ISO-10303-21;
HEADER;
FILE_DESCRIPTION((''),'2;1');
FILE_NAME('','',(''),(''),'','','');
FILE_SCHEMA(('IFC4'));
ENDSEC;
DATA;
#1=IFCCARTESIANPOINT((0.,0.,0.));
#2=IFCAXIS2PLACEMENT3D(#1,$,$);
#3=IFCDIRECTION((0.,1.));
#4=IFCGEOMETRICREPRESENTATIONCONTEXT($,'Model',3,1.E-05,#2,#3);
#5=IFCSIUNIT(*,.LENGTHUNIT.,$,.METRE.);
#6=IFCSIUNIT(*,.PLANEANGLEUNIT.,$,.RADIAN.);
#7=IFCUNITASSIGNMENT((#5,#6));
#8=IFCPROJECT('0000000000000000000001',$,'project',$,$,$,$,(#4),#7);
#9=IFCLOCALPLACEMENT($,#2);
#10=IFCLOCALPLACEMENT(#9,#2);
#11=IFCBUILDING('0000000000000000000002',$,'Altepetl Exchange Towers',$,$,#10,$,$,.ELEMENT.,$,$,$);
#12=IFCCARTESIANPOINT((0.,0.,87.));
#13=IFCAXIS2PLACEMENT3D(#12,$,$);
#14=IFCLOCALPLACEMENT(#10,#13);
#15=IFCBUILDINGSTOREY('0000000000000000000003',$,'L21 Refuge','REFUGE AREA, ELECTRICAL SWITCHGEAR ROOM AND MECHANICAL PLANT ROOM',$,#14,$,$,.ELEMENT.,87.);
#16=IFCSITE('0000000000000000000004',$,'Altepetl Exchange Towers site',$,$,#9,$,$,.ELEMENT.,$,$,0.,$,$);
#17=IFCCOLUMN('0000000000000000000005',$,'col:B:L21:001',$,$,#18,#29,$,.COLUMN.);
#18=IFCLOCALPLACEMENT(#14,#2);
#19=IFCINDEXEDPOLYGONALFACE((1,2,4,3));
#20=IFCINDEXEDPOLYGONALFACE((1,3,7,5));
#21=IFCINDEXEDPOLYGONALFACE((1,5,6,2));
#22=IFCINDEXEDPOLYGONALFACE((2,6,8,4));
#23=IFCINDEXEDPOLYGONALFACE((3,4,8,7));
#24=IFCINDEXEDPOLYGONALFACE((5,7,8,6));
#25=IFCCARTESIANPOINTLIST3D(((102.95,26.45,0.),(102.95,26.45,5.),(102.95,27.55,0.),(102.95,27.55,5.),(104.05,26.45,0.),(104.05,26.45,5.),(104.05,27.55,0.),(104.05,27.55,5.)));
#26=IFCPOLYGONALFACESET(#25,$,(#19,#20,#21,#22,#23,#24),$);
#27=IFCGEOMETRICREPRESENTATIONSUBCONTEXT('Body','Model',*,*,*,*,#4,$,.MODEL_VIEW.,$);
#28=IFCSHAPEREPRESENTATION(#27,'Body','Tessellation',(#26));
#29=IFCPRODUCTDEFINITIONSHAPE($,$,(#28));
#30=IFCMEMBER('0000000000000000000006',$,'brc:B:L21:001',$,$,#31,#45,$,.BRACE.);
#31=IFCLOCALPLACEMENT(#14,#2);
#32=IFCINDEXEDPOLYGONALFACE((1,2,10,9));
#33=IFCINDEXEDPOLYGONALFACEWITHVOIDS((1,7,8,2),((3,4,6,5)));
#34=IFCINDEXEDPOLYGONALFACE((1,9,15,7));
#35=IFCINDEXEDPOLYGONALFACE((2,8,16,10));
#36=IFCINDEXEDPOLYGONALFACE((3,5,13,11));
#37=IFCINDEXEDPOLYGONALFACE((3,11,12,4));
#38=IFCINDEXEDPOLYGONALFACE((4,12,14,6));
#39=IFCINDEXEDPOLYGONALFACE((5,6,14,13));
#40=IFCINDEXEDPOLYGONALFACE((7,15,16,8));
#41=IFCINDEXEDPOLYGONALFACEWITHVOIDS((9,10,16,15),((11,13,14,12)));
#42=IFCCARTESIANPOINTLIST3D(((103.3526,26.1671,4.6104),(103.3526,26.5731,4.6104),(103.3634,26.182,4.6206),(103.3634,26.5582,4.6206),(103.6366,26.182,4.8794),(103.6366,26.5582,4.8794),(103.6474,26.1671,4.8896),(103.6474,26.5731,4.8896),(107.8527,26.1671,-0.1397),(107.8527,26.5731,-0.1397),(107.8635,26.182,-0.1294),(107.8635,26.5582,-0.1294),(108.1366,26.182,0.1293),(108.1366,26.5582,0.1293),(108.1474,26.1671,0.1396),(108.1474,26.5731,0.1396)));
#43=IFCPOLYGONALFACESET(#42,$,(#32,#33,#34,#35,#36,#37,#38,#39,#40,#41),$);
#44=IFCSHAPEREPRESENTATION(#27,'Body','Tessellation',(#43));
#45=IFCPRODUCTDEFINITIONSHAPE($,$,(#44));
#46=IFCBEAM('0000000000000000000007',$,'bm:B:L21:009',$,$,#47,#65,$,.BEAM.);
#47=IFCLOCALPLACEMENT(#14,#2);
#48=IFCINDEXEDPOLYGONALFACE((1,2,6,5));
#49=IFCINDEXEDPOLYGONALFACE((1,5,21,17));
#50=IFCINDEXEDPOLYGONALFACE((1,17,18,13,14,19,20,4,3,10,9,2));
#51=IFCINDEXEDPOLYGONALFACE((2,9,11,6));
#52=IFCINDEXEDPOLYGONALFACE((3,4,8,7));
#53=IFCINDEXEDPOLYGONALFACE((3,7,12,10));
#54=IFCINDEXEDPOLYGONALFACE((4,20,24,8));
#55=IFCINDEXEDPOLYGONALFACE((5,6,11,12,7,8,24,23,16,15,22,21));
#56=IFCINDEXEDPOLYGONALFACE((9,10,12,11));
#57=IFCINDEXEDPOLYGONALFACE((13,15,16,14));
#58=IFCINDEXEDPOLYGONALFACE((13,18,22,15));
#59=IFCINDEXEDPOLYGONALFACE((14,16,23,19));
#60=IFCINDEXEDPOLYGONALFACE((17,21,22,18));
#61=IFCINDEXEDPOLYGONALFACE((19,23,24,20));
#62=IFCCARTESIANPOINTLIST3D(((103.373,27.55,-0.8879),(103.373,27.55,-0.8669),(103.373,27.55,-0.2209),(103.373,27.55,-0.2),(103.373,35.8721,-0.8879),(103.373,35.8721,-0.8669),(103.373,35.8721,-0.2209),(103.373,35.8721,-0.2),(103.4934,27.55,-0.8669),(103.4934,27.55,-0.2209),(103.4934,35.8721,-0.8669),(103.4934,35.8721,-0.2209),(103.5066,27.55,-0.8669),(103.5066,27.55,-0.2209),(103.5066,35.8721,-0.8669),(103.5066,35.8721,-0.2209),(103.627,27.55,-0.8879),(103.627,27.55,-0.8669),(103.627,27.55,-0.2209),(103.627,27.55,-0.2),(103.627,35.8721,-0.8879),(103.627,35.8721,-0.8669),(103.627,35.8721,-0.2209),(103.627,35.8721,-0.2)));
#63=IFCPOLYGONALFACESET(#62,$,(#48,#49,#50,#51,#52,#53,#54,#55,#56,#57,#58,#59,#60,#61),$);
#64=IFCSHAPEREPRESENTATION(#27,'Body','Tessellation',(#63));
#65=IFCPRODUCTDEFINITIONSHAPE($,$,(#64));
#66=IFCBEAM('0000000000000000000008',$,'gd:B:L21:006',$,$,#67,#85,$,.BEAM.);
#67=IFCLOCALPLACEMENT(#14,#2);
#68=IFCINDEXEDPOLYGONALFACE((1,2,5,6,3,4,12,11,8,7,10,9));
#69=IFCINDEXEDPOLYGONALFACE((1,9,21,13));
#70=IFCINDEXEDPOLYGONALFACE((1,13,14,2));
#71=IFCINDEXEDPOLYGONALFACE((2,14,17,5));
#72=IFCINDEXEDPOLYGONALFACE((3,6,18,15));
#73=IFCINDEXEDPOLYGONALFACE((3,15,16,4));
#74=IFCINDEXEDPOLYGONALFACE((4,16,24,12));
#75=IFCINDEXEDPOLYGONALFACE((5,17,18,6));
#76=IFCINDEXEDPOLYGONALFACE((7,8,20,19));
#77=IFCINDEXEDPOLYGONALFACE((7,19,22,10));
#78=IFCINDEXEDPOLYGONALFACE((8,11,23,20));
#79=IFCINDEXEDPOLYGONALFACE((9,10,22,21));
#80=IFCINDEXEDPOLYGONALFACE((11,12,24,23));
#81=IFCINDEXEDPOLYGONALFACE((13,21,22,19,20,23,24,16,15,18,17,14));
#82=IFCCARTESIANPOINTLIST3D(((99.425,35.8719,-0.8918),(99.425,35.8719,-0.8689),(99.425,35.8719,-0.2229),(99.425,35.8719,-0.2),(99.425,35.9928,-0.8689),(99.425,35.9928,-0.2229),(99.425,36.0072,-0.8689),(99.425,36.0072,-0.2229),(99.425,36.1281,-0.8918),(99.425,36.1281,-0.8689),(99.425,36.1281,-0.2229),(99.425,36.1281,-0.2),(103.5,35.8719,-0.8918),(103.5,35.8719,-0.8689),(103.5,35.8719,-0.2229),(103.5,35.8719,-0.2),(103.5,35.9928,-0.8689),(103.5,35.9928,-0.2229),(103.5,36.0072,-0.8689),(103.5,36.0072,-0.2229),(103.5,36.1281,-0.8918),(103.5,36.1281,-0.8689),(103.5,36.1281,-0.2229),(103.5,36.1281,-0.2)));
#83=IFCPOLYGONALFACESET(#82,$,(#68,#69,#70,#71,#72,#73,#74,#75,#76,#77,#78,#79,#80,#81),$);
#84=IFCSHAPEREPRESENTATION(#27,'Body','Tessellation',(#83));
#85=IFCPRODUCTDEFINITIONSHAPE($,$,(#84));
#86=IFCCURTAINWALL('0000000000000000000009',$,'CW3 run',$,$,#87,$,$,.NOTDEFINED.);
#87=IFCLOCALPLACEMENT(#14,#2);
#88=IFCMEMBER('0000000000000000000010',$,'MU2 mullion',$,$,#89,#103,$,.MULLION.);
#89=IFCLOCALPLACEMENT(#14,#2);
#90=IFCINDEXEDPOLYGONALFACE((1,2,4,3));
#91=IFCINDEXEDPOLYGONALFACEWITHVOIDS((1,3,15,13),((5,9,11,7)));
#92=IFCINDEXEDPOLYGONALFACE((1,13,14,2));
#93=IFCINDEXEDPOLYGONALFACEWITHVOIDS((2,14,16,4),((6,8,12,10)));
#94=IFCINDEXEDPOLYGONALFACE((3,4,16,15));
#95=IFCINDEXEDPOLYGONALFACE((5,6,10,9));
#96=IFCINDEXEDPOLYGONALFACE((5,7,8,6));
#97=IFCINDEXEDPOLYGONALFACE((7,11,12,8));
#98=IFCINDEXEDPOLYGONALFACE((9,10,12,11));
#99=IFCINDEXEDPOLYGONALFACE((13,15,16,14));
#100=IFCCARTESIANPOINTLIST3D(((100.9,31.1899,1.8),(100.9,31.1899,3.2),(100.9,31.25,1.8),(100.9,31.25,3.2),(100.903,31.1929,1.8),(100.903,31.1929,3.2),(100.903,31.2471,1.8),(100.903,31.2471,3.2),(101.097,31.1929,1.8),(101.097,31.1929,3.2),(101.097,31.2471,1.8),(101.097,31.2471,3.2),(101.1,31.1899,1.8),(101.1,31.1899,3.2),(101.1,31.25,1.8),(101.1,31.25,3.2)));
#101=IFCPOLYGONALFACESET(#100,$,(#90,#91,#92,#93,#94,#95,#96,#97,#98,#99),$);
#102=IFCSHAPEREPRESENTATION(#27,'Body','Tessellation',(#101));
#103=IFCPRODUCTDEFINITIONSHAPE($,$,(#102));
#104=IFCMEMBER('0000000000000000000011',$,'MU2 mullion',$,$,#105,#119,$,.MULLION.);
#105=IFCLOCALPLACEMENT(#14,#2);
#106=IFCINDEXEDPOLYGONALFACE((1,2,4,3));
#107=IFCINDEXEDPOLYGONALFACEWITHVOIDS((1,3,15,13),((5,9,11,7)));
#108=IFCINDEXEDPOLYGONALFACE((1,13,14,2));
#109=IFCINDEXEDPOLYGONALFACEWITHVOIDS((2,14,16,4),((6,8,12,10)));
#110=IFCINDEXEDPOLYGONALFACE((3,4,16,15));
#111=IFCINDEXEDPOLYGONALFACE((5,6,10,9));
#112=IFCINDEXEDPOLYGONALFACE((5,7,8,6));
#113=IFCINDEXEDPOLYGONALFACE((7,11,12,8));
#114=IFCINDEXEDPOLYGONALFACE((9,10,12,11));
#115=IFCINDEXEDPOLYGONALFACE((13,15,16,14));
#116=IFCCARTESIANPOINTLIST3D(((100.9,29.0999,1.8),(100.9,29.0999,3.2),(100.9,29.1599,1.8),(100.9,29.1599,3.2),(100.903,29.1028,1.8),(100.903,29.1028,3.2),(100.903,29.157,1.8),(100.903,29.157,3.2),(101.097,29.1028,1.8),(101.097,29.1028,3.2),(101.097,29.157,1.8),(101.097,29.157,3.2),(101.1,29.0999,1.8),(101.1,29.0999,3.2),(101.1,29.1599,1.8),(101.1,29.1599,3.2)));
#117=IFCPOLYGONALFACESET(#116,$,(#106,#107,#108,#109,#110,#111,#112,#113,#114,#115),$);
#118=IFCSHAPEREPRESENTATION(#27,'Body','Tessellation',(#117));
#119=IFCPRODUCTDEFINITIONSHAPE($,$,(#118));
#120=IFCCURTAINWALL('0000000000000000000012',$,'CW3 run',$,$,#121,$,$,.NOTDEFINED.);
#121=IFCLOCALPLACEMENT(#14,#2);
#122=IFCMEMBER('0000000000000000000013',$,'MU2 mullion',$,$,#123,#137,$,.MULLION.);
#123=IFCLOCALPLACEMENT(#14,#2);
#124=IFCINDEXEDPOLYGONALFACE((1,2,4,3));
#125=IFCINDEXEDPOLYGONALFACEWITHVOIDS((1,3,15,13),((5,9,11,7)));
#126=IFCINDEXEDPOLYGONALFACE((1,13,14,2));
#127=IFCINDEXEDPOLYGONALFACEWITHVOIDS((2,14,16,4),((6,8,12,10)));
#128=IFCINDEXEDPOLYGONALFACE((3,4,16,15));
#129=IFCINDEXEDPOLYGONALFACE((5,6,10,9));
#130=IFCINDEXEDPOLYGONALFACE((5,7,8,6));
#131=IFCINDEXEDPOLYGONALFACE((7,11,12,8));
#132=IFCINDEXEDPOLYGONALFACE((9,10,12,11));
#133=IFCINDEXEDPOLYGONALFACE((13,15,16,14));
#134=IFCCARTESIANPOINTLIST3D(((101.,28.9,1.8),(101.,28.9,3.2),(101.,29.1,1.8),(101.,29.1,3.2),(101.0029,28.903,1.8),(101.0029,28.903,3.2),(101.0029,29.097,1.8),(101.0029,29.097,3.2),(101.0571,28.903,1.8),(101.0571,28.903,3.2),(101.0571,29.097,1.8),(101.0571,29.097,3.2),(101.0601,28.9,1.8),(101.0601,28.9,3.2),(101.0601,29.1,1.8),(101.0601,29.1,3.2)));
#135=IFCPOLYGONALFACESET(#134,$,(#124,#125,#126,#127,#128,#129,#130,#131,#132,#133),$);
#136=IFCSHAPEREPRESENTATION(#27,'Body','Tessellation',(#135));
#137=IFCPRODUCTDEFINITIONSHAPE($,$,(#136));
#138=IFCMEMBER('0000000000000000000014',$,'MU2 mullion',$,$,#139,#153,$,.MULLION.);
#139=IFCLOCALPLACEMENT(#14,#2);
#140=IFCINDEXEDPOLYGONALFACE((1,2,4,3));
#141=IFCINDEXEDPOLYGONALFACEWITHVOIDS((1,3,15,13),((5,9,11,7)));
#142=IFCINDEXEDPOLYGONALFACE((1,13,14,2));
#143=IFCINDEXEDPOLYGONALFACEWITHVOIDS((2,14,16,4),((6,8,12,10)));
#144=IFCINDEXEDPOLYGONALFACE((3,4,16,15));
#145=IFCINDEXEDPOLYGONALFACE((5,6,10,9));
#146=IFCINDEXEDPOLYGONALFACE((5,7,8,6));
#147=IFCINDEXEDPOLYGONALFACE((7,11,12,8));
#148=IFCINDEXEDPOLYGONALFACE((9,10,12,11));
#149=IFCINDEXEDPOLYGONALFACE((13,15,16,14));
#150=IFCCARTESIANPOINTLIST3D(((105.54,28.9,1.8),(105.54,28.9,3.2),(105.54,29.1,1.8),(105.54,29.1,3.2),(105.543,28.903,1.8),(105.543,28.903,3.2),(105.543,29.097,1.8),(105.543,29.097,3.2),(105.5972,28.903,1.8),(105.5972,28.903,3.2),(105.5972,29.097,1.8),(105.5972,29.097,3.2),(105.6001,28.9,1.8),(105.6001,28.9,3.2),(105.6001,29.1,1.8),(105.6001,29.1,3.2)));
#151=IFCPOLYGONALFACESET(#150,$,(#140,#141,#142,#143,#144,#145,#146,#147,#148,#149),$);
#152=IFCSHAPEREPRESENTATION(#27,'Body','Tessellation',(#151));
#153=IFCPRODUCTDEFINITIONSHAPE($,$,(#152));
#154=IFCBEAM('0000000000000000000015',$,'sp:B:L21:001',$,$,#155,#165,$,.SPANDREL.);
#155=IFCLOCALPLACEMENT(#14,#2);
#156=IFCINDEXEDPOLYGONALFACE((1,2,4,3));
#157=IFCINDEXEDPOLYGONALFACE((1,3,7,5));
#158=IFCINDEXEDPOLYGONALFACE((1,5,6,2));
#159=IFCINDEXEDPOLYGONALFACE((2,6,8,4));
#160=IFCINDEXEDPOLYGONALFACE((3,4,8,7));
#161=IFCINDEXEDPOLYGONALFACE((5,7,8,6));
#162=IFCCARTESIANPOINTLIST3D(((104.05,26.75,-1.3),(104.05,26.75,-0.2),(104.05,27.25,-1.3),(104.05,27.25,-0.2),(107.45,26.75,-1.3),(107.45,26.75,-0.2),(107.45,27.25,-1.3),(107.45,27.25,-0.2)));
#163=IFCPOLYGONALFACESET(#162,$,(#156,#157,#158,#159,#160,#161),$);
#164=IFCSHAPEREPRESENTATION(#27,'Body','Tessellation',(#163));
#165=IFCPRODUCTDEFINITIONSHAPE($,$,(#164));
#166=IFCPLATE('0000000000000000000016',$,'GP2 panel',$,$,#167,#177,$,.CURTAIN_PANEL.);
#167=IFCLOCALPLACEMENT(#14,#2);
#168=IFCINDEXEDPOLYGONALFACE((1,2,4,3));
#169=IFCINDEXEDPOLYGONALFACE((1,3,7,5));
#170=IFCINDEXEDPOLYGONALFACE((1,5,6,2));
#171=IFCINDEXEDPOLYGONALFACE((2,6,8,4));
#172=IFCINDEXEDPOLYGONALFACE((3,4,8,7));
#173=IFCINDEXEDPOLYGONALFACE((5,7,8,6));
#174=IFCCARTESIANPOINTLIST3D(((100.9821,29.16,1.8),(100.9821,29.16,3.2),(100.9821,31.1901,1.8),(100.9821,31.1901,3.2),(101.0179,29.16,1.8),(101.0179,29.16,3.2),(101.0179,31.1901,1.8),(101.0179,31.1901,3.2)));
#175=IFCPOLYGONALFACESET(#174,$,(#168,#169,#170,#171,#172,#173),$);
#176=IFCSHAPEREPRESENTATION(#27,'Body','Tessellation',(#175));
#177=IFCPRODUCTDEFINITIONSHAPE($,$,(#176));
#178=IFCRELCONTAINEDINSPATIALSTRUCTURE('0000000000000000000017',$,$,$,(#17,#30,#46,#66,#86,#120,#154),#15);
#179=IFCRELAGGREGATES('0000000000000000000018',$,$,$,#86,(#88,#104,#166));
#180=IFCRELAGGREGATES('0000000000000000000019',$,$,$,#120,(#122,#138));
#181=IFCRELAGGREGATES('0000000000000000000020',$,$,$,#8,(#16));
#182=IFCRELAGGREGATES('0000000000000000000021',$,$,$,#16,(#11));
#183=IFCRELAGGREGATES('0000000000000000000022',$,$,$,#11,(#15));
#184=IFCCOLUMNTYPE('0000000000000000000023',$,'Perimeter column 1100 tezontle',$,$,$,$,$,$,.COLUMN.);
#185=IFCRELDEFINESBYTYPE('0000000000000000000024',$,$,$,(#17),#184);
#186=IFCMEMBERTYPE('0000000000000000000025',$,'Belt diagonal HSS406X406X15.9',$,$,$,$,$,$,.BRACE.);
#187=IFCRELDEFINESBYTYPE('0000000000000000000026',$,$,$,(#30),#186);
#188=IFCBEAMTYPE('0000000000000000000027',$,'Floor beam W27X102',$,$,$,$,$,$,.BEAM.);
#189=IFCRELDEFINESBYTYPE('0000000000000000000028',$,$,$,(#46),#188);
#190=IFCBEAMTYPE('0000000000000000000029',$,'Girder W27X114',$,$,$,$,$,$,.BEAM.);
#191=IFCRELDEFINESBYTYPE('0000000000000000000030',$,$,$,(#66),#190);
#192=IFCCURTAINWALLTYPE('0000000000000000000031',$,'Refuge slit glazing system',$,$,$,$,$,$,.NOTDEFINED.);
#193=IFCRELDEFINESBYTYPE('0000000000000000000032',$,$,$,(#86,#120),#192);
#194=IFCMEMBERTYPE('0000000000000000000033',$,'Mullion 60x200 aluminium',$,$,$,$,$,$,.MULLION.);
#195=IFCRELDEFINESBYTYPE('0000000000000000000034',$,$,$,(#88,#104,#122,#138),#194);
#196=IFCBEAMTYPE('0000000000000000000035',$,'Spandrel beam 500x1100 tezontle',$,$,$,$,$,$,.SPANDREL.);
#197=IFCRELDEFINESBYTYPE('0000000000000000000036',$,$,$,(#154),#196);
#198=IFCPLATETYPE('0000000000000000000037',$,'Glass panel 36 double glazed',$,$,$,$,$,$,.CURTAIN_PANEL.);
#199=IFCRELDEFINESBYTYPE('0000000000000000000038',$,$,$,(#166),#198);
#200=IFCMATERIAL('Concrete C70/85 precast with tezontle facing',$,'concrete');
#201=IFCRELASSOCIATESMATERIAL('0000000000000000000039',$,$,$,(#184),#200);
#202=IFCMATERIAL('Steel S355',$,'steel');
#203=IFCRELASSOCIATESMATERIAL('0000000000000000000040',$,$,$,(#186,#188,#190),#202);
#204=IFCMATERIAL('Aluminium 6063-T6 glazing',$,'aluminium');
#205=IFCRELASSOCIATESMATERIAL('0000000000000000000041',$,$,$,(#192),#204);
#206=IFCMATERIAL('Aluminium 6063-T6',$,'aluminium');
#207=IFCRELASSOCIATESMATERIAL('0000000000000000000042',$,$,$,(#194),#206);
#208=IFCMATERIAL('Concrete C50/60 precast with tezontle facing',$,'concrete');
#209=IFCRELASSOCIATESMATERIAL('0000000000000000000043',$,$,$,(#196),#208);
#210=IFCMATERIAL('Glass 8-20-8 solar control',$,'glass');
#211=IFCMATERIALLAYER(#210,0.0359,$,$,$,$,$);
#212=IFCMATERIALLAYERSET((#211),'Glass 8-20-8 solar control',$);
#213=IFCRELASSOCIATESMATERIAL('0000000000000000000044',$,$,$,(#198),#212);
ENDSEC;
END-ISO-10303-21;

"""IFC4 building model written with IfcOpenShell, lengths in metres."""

from ifc_helpers import new_model, si_unit, direction, frame, origin, origin_2d, place, context, subcontext, project, spatial, rectangle, hollow_rectangle, i_section, extrude, material, layer, layer_set, material_profile, profile_set, type_object, element, aggregate, save


model = new_model("IFC4")

# Units and contexts
model_context = context("Model", 3, precision=1e-05, world=origin(), true_north=direction((0.0, 1.0)))
body_context = subcontext(model_context, "Body", "Model", "MODEL_VIEW")
ifc_project = project(units=[si_unit("LENGTHUNIT", "METRE"), si_unit("PLANEANGLEUNIT", "RADIAN")], contexts=[model_context])

# Site, building, storey
site_placement = place(None, origin())
site = spatial("IfcSite", under=ifc_project, at=site_placement, Name="Altepetl Exchange Towers site", CompositionType="ELEMENT", RefElevation=0.0)
building_placement = place(site_placement, origin())
building = spatial("IfcBuilding", under=site, at=building_placement, Name="Altepetl Exchange Towers", CompositionType="ELEMENT")
storey_placement = place(building_placement, frame((0.0, 0.0, 87.0)))
storey = spatial("IfcBuildingStorey", under=building, at=storey_placement, Name="L21 Refuge", Description="REFUGE AREA, ELECTRICAL SWITCHGEAR ROOM AND MECHANICAL PLANT ROOM", CompositionType="ELEMENT", Elevation=87.0)

# Column
ifc_material_1 = material(Name="Concrete C70/85 precast with tezontle facing", Category="concrete")
ifc_material_profile_1 = material_profile(ifc_material_1, rectangle(XDim=1.1001, YDim=1.1001, at=origin_2d()), Name="1100 x 1100")
ifc_profile_set_1 = profile_set([ifc_material_profile_1], Name="Concrete C70/85 precast with tezontle facing")
column_type = type_object("IfcColumnType", Name="Perimeter column 1100 tezontle", PredefinedType="COLUMN", material=ifc_profile_set_1)
column_placement = place(storey_placement, frame((103.5, 27.0, 0.0)))
element("IfcColumn", 1, at=column_placement, inside=storey, type_object=column_type, Name="col:B:L21:001", PredefinedType="COLUMN", context=body_context, shape_type="SweptSolid", body=[
    extrude(rectangle(XDim=1.1001, YDim=1.1001, at=origin_2d()), origin(), (0.0, 0.0, 1.0), 5.0),
])

# Member
ifc_material_2 = material(Name="Steel S355", Category="steel")
ifc_material_profile_2 = material_profile(ifc_material_2, hollow_rectangle(XDim=0.406, YDim=0.406, WallThickness=0.0149, at=origin_2d()), Name="HSS406X406X15.9")
ifc_profile_set_2 = profile_set([ifc_material_profile_2], Name="Steel S355")
member_type_1 = type_object("IfcMemberType", Name="Belt diagonal HSS406X406X15.9", PredefinedType="BRACE", material=ifc_profile_set_2)
member_1_placement = place(storey_placement, frame((103.5, 26.3701, 4.75), z_axis=(0.687745, 0.0, -0.725953), x_axis=(0.0, 1.0, 0.0)))
element("IfcMember", 2, at=member_1_placement, inside=storey, type_object=member_type_1, Name="brc:B:L21:001", PredefinedType="BRACE", context=body_context, shape_type="SweptSolid", body=[
    extrude(hollow_rectangle(XDim=0.406, YDim=0.406, WallThickness=0.0149, at=origin_2d()), origin(), (0.0, 0.0, 1.0), 6.5432),
])

# Beams
ifc_material_profile_3 = material_profile(ifc_material_2, i_section(OverallWidth=0.2539, OverallDepth=0.688, WebThickness=0.0132, FlangeThickness=0.021, at=origin_2d()), Name="W27X102")
ifc_profile_set_3 = profile_set([ifc_material_profile_3], Name="Steel S355")
beam_type_1 = type_object("IfcBeamType", Name="Floor beam W27X102", PredefinedType="BEAM", material=ifc_profile_set_3)
beam_1_placement = place(storey_placement, frame((103.5, 27.55, -0.5439), z_axis=(0.0, 1.0, 0.0), x_axis=(-1.0, 0.0, 0.0)))
element("IfcBeam", 3, at=beam_1_placement, inside=storey, type_object=beam_type_1, Name="bm:B:L21:009", PredefinedType="BEAM", context=body_context, shape_type="SweptSolid", body=[
    extrude(i_section(OverallWidth=0.2539, OverallDepth=0.688, WebThickness=0.0132, FlangeThickness=0.021, at=origin_2d()), origin(), (0.0, 0.0, 1.0), 8.322),
])
ifc_material_profile_4 = material_profile(ifc_material_2, i_section(OverallWidth=0.2561, OverallDepth=0.6919, WebThickness=0.0144, FlangeThickness=0.0229, at=origin_2d()), Name="W27X114")
ifc_profile_set_4 = profile_set([ifc_material_profile_4], Name="Steel S355")
beam_type_2 = type_object("IfcBeamType", Name="Girder W27X114", PredefinedType="BEAM", material=ifc_profile_set_4)
beam_2_placement = place(storey_placement, frame((103.5, 36.0, -0.5459), z_axis=(-1.0, 0.0, 0.0), x_axis=(0.0, -1.0, 0.0)))
element("IfcBeam", 4, at=beam_2_placement, inside=storey, type_object=beam_type_2, Name="gd:B:L21:006", PredefinedType="BEAM", context=body_context, shape_type="SweptSolid", body=[
    extrude(i_section(OverallWidth=0.2561, OverallDepth=0.6919, WebThickness=0.0144, FlangeThickness=0.0229, at=origin_2d()), origin(), (0.0, 0.0, 1.0), 4.075),
])

# Curtain walls, members
ifc_material_3 = material(Name="Aluminium 6063-T6 glazing", Category="aluminium")
curtain_wall_type = type_object("IfcCurtainWallType", Name="Refuge slit glazing system", PredefinedType="NOTDEFINED", material=ifc_material_3)
curtain_wall_1_placement = place(storey_placement, origin())
curtain_wall_1 = element("IfcCurtainWall", 5, at=curtain_wall_1_placement, inside=storey, type_object=curtain_wall_type, Name="CW3 run", PredefinedType="NOTDEFINED")
ifc_material_4 = material(Name="Aluminium 6063-T6", Category="aluminium")
ifc_material_profile_5 = material_profile(ifc_material_4, hollow_rectangle(XDim=0.0601, YDim=0.2, WallThickness=0.0029, at=origin_2d()), Name="Mullion 60x200 aluminium")
ifc_profile_set_5 = profile_set([ifc_material_profile_5], Name="Aluminium 6063-T6")
member_type_2 = type_object("IfcMemberType", Name="Mullion 60x200 aluminium", PredefinedType="MULLION", material=ifc_profile_set_5)
member_2_placement = place(storey_placement, frame((101.0, 31.22, 1.8), z_axis=(0.0, 0.0, 1.0), x_axis=(0.0, -1.0, 0.0)))
member_2 = element("IfcMember", 6, at=member_2_placement, type_object=member_type_2, Name="MU2 mullion", PredefinedType="MULLION", context=body_context, shape_type="SweptSolid", body=[
    extrude(hollow_rectangle(XDim=0.0601, YDim=0.2, WallThickness=0.0029, at=origin_2d()), origin(), (0.0, 0.0, 1.0), 1.3999),
])
member_3_placement = place(storey_placement, frame((101.0, 29.1299, 1.8), z_axis=(0.0, 0.0, 1.0), x_axis=(0.0, -1.0, 0.0)))
member_3 = element("IfcMember", 7, at=member_3_placement, type_object=member_type_2, Name="MU2 mullion", PredefinedType="MULLION", context=body_context, shape_type="SweptSolid", body=[
    extrude(hollow_rectangle(XDim=0.0601, YDim=0.2, WallThickness=0.0029, at=origin_2d()), origin(), (0.0, 0.0, 1.0), 1.3999),
])
curtain_wall_2_placement = place(storey_placement, origin())
curtain_wall_2 = element("IfcCurtainWall", 8, at=curtain_wall_2_placement, inside=storey, type_object=curtain_wall_type, Name="CW3 run", PredefinedType="NOTDEFINED")
member_4_placement = place(storey_placement, frame((101.03, 29.0, 1.8)))
member_4 = element("IfcMember", 9, at=member_4_placement, type_object=member_type_2, Name="MU2 mullion", PredefinedType="MULLION", context=body_context, shape_type="SweptSolid", body=[
    extrude(hollow_rectangle(XDim=0.0601, YDim=0.2, WallThickness=0.0029, at=origin_2d()), origin(), (0.0, 0.0, 1.0), 1.3999),
])
member_5_placement = place(storey_placement, frame((105.5701, 29.0, 1.8)))
member_5 = element("IfcMember", 10, at=member_5_placement, type_object=member_type_2, Name="MU2 mullion", PredefinedType="MULLION", context=body_context, shape_type="SweptSolid", body=[
    extrude(hollow_rectangle(XDim=0.0601, YDim=0.2, WallThickness=0.0029, at=origin_2d()), origin(), (0.0, 0.0, 1.0), 1.3999),
])

# Beam
ifc_material_5 = material(Name="Concrete C50/60 precast with tezontle facing", Category="concrete")
ifc_material_profile_6 = material_profile(ifc_material_5, rectangle(XDim=0.5, YDim=1.1001, at=origin_2d()), Name="500 x 1100")
ifc_profile_set_6 = profile_set([ifc_material_profile_6], Name="Concrete C50/60 precast with tezontle facing")
beam_type_3 = type_object("IfcBeamType", Name="Spandrel beam 500x1100 tezontle", PredefinedType="SPANDREL", material=ifc_profile_set_6)
beam_3_placement = place(storey_placement, frame((104.05, 27.0, -0.75), z_axis=(1.0, 0.0, 0.0), x_axis=(0.0, 1.0, 0.0)))
element("IfcBeam", 11, at=beam_3_placement, inside=storey, type_object=beam_type_3, Name="sp:B:L21:001", PredefinedType="SPANDREL", context=body_context, shape_type="SweptSolid", body=[
    extrude(rectangle(XDim=0.5, YDim=1.1001, at=origin_2d()), origin(), (0.0, 0.0, 1.0), 3.3999),
])

# Plate
ifc_material_6 = material(Name="Glass 8-20-8 solar control", Category="glass")
ifc_layer_1 = layer(ifc_material_6, 0.0359)
ifc_layer_set_1 = layer_set([ifc_layer_1], Name="Glass 8-20-8 solar control")
plate_type = type_object("IfcPlateType", Name="Glass panel 36 double glazed", PredefinedType="CURTAIN_PANEL", material=ifc_layer_set_1)
plate_1_placement = place(storey_placement, frame((101.0, 30.175, 1.8), z_axis=(0.0, 0.0, 1.0), x_axis=(0.0, -1.0, 0.0)))
plate_1 = element("IfcPlate", 12, at=plate_1_placement, type_object=plate_type, Name="GP2 panel", PredefinedType="CURTAIN_PANEL", context=body_context, shape_type="SweptSolid", body=[
    extrude(rectangle(XDim=2.03, YDim=0.0359, at=origin_2d()), origin(), (0.0, 0.0, 1.0), 1.3999),
])
aggregate(curtain_wall_1, [member_2, member_3, plate_1])
aggregate(curtain_wall_2, [member_4, member_5])

save(model, "model.ifc")
